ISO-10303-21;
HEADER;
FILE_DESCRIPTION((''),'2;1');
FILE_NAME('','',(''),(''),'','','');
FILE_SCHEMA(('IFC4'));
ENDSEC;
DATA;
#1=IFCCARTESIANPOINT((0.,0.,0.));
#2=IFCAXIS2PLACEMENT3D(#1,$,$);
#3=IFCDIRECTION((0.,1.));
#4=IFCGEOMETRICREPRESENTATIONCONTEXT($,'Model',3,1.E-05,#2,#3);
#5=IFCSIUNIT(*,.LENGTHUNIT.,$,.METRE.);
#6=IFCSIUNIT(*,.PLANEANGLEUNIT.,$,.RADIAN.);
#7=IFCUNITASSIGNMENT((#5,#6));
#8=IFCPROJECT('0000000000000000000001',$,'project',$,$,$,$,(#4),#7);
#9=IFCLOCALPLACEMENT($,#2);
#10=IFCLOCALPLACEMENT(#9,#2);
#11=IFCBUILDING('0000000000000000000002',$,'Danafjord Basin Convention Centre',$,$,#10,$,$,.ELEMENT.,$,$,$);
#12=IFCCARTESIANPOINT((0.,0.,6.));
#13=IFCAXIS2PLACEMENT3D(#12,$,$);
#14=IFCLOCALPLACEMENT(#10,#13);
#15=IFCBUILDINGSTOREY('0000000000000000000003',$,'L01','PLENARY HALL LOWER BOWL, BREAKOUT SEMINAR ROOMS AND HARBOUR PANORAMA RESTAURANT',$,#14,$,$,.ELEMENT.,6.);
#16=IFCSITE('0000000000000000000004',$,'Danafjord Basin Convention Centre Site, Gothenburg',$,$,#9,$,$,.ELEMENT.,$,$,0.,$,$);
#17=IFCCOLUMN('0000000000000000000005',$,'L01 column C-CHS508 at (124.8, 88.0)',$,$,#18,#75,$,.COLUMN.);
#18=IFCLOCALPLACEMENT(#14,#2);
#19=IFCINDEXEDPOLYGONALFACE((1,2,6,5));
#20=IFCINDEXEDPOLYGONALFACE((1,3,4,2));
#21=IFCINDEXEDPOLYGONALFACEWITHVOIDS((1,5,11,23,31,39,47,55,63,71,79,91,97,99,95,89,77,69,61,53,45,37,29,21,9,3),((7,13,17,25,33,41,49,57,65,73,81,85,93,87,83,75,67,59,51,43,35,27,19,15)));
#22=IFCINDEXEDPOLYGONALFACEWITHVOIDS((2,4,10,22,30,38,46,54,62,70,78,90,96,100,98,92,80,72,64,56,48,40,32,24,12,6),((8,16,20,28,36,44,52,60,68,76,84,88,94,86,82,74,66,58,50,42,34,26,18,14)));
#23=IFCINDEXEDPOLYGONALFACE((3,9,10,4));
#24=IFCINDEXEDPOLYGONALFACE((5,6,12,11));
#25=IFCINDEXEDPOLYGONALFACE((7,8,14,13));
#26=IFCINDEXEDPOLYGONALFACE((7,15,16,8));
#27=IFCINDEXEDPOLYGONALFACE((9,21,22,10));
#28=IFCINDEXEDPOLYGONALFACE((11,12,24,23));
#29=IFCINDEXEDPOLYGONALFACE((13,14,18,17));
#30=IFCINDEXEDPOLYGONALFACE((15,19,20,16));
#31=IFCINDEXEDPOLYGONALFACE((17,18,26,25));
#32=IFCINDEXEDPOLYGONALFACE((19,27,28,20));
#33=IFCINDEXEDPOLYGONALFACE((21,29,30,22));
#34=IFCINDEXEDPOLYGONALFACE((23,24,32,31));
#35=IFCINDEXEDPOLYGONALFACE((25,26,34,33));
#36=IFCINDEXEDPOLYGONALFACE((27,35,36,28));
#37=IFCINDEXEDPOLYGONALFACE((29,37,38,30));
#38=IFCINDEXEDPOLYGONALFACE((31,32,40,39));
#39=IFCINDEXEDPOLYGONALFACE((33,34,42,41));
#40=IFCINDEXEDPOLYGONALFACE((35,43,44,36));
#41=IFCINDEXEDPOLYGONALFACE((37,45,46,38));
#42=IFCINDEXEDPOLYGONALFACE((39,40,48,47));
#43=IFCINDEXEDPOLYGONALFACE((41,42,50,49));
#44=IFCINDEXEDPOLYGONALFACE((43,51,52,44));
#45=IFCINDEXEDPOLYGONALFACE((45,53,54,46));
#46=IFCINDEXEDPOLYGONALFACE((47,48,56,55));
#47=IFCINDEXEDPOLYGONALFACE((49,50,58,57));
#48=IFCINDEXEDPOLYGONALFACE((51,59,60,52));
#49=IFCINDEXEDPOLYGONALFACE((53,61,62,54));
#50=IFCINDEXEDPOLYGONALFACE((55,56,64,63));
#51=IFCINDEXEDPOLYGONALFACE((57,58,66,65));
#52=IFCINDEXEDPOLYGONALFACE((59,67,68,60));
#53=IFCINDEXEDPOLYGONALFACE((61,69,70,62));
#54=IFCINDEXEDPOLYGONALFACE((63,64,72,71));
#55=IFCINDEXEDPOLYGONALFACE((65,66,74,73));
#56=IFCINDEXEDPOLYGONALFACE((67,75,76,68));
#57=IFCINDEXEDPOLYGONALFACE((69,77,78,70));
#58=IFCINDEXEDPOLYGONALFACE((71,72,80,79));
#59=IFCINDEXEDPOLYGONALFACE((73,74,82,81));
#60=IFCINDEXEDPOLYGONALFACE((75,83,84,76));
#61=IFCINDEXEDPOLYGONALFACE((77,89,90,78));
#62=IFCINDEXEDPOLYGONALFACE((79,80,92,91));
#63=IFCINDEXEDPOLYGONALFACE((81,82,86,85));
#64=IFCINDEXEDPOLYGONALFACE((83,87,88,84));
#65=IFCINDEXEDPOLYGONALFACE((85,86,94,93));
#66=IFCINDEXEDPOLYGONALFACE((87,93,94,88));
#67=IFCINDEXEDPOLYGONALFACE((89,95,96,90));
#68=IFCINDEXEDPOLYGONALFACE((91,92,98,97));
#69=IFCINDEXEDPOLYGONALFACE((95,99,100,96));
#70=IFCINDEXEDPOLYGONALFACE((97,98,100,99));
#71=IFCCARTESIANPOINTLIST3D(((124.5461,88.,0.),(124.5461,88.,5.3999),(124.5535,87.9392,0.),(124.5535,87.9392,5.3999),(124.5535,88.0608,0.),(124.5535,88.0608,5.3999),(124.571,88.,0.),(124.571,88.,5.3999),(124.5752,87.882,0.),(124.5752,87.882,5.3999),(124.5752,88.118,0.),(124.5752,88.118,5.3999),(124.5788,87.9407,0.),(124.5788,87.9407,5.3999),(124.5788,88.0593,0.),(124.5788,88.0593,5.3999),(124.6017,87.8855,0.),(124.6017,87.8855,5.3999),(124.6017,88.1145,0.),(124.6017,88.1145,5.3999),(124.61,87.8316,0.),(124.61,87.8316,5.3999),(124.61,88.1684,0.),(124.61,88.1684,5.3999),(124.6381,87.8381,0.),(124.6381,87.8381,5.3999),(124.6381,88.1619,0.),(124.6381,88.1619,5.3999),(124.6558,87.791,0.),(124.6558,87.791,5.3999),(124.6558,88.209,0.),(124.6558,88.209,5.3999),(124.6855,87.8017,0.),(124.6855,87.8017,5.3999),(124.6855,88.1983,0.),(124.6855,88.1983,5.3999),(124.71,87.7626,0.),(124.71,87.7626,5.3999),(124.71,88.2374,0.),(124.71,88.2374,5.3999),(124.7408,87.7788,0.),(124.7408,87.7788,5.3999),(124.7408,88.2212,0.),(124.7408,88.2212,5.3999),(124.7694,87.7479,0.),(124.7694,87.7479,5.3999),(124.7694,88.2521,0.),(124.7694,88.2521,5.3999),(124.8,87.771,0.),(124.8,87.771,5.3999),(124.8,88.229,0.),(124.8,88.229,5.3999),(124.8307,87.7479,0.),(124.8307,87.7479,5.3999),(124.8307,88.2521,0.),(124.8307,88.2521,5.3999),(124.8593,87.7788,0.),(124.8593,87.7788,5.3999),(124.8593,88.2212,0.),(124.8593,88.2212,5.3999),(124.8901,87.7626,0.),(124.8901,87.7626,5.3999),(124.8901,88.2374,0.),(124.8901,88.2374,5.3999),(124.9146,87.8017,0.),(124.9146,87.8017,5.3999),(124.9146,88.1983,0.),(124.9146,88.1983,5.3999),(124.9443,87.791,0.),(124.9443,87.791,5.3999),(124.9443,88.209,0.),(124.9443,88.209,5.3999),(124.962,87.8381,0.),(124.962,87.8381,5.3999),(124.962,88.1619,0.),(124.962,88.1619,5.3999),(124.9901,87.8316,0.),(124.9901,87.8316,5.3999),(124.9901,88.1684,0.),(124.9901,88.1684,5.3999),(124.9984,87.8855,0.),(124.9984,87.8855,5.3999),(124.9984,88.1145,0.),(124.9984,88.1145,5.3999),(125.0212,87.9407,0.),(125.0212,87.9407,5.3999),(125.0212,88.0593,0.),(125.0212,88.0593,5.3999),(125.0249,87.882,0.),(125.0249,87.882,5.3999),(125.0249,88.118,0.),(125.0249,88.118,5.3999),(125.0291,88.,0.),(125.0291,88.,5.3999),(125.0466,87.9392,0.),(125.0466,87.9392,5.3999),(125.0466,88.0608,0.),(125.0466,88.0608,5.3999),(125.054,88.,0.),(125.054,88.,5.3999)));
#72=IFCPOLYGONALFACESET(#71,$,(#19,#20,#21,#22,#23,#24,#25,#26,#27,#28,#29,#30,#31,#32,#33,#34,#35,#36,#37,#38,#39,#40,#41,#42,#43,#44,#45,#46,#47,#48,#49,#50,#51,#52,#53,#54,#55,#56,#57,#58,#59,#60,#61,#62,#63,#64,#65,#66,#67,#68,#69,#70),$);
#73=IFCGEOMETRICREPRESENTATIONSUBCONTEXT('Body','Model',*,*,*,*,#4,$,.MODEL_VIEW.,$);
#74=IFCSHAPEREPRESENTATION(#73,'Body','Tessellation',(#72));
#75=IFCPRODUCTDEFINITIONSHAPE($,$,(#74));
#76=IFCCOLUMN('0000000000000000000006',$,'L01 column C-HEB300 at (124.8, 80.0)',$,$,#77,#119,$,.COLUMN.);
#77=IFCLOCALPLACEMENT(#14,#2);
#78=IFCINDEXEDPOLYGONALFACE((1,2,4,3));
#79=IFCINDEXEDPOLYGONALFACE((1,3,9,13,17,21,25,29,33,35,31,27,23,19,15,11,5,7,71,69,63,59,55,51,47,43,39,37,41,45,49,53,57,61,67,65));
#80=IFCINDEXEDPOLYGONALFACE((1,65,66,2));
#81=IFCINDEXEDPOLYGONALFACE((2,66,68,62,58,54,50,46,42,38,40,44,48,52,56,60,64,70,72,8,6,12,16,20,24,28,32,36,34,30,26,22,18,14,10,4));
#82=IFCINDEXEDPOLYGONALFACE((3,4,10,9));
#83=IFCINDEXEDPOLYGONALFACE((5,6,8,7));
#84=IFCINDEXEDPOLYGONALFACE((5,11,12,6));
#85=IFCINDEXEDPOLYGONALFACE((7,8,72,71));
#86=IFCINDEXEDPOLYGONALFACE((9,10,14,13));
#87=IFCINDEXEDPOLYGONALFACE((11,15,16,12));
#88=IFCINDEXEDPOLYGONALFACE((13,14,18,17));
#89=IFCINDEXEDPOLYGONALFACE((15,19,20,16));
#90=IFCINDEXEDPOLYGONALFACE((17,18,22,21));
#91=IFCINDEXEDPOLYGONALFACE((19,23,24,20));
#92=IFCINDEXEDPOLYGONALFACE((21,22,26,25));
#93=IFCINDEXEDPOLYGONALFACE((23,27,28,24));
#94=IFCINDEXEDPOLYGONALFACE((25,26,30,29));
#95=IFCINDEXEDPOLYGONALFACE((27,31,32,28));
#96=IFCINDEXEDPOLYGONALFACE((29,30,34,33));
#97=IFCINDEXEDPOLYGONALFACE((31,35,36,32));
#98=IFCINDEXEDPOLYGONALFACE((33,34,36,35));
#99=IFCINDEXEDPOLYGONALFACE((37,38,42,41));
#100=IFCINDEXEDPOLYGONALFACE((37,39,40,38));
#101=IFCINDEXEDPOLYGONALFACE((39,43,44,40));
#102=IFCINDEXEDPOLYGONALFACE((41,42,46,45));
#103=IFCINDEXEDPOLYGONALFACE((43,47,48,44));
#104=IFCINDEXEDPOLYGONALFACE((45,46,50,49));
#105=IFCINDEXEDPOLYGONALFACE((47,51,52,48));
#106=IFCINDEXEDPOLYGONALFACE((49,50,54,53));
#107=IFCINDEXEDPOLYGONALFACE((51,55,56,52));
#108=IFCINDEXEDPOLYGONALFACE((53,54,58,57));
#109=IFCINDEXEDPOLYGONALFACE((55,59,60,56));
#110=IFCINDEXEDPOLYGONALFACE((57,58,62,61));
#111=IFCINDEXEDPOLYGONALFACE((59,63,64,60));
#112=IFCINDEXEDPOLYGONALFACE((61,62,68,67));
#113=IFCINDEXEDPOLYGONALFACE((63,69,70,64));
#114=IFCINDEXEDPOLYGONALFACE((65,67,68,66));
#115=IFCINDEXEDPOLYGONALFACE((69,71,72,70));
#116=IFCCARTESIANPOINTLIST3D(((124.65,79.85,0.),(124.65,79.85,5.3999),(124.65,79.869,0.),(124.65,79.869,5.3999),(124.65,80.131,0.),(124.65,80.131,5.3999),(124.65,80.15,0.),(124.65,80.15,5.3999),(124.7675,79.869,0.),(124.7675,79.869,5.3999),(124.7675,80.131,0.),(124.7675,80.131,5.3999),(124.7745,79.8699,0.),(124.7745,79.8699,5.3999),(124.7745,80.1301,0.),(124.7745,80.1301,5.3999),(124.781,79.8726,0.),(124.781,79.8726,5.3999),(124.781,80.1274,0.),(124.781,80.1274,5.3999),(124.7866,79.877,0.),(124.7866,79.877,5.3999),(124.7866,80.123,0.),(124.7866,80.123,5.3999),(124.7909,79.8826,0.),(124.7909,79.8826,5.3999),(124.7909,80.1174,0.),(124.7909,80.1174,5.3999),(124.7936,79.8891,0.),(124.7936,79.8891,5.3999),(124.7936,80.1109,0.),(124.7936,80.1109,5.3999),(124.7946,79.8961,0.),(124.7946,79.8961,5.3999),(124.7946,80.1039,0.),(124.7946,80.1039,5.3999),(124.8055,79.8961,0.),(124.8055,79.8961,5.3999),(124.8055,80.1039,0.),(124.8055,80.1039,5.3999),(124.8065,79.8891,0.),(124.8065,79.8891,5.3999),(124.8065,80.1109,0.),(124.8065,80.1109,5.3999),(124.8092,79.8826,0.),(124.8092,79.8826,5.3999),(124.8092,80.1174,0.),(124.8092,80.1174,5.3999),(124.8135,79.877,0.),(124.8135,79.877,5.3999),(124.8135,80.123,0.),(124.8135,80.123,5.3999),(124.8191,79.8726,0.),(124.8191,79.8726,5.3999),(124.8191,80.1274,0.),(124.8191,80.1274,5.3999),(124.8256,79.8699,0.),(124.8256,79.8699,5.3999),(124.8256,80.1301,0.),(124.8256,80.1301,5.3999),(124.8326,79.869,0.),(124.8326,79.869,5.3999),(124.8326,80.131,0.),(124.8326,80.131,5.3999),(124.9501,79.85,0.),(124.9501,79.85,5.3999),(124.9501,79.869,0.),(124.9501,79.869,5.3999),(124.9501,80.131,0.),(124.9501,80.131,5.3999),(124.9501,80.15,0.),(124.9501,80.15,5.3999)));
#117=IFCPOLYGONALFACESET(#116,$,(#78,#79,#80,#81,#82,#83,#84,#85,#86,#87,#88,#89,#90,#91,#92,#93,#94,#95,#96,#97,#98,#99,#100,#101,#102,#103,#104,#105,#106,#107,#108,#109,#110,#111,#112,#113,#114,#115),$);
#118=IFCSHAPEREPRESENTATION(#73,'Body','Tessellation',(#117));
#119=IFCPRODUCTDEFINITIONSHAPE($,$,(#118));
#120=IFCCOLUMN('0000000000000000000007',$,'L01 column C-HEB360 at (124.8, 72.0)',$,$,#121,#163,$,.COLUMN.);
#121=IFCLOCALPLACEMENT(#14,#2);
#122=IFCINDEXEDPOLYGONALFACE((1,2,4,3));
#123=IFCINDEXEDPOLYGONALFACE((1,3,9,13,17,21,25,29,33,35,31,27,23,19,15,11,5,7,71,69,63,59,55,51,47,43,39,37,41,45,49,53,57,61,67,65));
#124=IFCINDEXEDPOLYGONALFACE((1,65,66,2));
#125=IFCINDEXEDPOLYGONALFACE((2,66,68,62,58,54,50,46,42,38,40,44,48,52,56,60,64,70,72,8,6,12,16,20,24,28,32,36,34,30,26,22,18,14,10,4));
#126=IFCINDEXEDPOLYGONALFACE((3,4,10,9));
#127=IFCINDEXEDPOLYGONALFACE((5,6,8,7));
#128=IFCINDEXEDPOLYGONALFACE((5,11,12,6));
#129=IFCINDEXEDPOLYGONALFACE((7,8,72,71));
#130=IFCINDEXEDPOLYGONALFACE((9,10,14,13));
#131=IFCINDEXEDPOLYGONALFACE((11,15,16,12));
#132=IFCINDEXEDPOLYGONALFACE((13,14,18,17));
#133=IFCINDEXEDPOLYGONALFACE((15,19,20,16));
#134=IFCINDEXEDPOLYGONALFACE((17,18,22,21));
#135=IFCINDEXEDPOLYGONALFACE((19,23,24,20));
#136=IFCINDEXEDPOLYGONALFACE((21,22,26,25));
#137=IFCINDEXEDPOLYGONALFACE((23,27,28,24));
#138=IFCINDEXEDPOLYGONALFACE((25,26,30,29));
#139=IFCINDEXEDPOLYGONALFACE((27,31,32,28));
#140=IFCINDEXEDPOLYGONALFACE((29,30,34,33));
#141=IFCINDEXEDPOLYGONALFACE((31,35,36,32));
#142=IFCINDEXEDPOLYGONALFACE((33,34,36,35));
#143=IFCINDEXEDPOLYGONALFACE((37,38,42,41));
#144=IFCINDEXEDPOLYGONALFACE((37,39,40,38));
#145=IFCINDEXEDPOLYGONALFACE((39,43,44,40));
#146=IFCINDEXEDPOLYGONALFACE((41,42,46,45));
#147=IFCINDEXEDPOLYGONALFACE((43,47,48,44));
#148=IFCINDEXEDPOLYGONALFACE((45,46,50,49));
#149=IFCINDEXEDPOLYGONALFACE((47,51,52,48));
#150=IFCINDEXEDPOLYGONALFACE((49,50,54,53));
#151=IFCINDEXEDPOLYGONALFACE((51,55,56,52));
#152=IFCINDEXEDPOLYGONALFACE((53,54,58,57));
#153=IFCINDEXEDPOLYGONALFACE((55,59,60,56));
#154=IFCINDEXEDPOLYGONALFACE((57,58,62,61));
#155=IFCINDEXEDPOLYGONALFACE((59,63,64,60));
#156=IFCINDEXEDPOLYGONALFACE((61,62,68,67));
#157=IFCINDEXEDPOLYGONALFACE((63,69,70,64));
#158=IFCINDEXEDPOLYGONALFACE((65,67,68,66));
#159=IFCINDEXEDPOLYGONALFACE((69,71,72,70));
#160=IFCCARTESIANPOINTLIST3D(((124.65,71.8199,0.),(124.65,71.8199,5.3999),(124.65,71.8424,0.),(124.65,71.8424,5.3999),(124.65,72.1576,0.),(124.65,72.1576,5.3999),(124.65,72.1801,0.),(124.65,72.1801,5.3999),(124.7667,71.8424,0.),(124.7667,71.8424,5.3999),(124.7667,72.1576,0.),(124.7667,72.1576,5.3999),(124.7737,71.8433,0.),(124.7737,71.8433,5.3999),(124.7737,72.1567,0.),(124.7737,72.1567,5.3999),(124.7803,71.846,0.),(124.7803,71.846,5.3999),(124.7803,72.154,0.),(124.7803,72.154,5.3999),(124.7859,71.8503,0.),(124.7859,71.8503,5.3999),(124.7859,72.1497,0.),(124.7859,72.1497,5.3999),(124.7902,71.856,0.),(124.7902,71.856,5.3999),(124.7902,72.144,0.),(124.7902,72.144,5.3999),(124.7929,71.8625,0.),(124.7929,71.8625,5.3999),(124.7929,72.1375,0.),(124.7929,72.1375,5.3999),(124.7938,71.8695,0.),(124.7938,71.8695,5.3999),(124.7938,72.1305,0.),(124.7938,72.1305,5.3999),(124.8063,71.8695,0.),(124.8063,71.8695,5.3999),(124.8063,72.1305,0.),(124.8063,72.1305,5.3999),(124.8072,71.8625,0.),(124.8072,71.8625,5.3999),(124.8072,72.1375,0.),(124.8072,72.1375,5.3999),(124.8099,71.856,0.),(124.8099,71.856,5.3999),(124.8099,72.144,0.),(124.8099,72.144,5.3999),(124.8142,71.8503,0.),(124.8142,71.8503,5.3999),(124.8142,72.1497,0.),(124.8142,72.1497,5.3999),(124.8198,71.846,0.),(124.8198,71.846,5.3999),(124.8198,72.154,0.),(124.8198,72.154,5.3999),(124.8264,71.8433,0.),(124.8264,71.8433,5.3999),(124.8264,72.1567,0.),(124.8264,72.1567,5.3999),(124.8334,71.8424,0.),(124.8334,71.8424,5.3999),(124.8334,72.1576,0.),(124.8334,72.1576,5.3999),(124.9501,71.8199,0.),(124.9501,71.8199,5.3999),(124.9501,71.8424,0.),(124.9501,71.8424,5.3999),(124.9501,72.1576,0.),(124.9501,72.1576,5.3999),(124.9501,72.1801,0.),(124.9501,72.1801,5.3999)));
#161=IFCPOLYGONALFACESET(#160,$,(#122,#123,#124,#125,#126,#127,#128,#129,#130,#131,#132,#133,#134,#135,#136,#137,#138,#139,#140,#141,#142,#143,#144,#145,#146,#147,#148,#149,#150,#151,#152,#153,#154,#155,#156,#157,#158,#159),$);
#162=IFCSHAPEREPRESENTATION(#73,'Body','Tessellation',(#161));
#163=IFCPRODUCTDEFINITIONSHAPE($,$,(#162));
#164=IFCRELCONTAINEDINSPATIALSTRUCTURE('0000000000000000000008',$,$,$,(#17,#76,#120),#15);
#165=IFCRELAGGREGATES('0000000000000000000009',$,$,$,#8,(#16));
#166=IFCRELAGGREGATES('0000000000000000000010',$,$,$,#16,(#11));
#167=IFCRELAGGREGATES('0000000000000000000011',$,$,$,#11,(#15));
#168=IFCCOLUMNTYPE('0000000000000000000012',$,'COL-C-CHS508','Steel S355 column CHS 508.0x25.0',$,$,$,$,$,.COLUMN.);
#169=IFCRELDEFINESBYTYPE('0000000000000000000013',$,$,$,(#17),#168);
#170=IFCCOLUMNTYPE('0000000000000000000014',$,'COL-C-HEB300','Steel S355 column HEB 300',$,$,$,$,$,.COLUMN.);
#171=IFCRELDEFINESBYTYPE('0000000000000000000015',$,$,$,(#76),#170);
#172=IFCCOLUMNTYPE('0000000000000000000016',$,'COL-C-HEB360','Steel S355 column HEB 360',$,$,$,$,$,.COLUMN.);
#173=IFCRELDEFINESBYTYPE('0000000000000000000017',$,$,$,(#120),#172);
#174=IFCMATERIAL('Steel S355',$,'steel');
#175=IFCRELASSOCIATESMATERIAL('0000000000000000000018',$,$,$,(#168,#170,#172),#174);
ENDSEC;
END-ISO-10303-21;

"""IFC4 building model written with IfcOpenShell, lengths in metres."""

from ifc_helpers import new_model, si_unit, direction, frame, origin, origin_2d, place, context, subcontext, project, spatial, hollow_circle, i_section, extrude, material, material_profile, profile_set, type_object, element, save


model = new_model("IFC4")

# Units and contexts
model_context = context("Model", 3, precision=1e-05, world=origin(), true_north=direction((0.0, 1.0)))
body_context = subcontext(model_context, "Body", "Model", "MODEL_VIEW")
ifc_project = project(units=[si_unit("LENGTHUNIT", "METRE"), si_unit("PLANEANGLEUNIT", "RADIAN")], contexts=[model_context])

# Site, building, storey
site_placement = place(None, origin())
site = spatial("IfcSite", under=ifc_project, at=site_placement, Name="Danafjord Basin Convention Centre Site, Gothenburg", CompositionType="ELEMENT", RefElevation=0.0)
building_placement = place(site_placement, origin())
building = spatial("IfcBuilding", under=site, at=building_placement, Name="Danafjord Basin Convention Centre", CompositionType="ELEMENT")
storey_placement = place(building_placement, frame((0.0, 0.0, 6.0)))
storey = spatial("IfcBuildingStorey", under=building, at=storey_placement, Name="L01", Description="PLENARY HALL LOWER BOWL, BREAKOUT SEMINAR ROOMS AND HARBOUR PANORAMA RESTAURANT", CompositionType="ELEMENT", Elevation=6.0)

# Columns
ifc_material_1 = material(Name="Steel S355", Category="steel")
ifc_material_profile_1 = material_profile(ifc_material_1, hollow_circle(Radius=0.2539, WallThickness=0.0249, at=origin_2d()), Name="CHS 508.0x25.0")
ifc_profile_set_1 = profile_set([ifc_material_profile_1], Name="Steel S355")
column_type_1 = type_object("IfcColumnType", Name="COL-C-CHS508", Description="Steel S355 column CHS 508.0x25.0", PredefinedType="COLUMN", material=ifc_profile_set_1)
column_1_placement = place(storey_placement, frame((124.8, 88.0, 0.0), z_axis=(0.0, 0.0, 1.0), x_axis=(1.0, 0.0, 0.0)))
element("IfcColumn", 1, at=column_1_placement, inside=storey, type_object=column_type_1, Name="L01 column C-CHS508 at (124.8, 88.0)", PredefinedType="COLUMN", context=body_context, shape_type="SweptSolid", body=[
    extrude(hollow_circle(Radius=0.2539, WallThickness=0.0249, at=origin_2d()), origin(), (0.0, 0.0, 1.0), 5.3999),
])
ifc_material_profile_2 = material_profile(ifc_material_1, i_section(OverallWidth=0.3, OverallDepth=0.3, WebThickness=0.011, FlangeThickness=0.019, FilletRadius=0.0271, at=origin_2d()), Name="HEB 300")
ifc_profile_set_2 = profile_set([ifc_material_profile_2], Name="Steel S355")
column_type_2 = type_object("IfcColumnType", Name="COL-C-HEB300", Description="Steel S355 column HEB 300", PredefinedType="COLUMN", material=ifc_profile_set_2)
column_2_placement = place(storey_placement, frame((124.8, 80.0, 0.0), z_axis=(0.0, 0.0, 1.0), x_axis=(1.0, 0.0, 0.0)))
element("IfcColumn", 2, at=column_2_placement, inside=storey, type_object=column_type_2, Name="L01 column C-HEB300 at (124.8, 80.0)", PredefinedType="COLUMN", context=body_context, shape_type="SweptSolid", body=[
    extrude(i_section(OverallWidth=0.3, OverallDepth=0.3, WebThickness=0.011, FlangeThickness=0.019, FilletRadius=0.0271, at=origin_2d()), origin(), (0.0, 0.0, 1.0), 5.3999),
])
ifc_material_profile_3 = material_profile(ifc_material_1, i_section(OverallWidth=0.3, OverallDepth=0.3601, WebThickness=0.0125, FlangeThickness=0.0225, FilletRadius=0.0271, at=origin_2d()), Name="HEB 360")
ifc_profile_set_3 = profile_set([ifc_material_profile_3], Name="Steel S355")
column_type_3 = type_object("IfcColumnType", Name="COL-C-HEB360", Description="Steel S355 column HEB 360", PredefinedType="COLUMN", material=ifc_profile_set_3)
column_3_placement = place(storey_placement, frame((124.8, 72.0, 0.0), z_axis=(0.0, 0.0, 1.0), x_axis=(1.0, 0.0, 0.0)))
element("IfcColumn", 3, at=column_3_placement, inside=storey, type_object=column_type_3, Name="L01 column C-HEB360 at (124.8, 72.0)", PredefinedType="COLUMN", context=body_context, shape_type="SweptSolid", body=[
    extrude(i_section(OverallWidth=0.3, OverallDepth=0.3601, WebThickness=0.0125, FlangeThickness=0.0225, FilletRadius=0.0271, at=origin_2d()), origin(), (0.0, 0.0, 1.0), 5.3999),
])

save(model, "model.ifc")
